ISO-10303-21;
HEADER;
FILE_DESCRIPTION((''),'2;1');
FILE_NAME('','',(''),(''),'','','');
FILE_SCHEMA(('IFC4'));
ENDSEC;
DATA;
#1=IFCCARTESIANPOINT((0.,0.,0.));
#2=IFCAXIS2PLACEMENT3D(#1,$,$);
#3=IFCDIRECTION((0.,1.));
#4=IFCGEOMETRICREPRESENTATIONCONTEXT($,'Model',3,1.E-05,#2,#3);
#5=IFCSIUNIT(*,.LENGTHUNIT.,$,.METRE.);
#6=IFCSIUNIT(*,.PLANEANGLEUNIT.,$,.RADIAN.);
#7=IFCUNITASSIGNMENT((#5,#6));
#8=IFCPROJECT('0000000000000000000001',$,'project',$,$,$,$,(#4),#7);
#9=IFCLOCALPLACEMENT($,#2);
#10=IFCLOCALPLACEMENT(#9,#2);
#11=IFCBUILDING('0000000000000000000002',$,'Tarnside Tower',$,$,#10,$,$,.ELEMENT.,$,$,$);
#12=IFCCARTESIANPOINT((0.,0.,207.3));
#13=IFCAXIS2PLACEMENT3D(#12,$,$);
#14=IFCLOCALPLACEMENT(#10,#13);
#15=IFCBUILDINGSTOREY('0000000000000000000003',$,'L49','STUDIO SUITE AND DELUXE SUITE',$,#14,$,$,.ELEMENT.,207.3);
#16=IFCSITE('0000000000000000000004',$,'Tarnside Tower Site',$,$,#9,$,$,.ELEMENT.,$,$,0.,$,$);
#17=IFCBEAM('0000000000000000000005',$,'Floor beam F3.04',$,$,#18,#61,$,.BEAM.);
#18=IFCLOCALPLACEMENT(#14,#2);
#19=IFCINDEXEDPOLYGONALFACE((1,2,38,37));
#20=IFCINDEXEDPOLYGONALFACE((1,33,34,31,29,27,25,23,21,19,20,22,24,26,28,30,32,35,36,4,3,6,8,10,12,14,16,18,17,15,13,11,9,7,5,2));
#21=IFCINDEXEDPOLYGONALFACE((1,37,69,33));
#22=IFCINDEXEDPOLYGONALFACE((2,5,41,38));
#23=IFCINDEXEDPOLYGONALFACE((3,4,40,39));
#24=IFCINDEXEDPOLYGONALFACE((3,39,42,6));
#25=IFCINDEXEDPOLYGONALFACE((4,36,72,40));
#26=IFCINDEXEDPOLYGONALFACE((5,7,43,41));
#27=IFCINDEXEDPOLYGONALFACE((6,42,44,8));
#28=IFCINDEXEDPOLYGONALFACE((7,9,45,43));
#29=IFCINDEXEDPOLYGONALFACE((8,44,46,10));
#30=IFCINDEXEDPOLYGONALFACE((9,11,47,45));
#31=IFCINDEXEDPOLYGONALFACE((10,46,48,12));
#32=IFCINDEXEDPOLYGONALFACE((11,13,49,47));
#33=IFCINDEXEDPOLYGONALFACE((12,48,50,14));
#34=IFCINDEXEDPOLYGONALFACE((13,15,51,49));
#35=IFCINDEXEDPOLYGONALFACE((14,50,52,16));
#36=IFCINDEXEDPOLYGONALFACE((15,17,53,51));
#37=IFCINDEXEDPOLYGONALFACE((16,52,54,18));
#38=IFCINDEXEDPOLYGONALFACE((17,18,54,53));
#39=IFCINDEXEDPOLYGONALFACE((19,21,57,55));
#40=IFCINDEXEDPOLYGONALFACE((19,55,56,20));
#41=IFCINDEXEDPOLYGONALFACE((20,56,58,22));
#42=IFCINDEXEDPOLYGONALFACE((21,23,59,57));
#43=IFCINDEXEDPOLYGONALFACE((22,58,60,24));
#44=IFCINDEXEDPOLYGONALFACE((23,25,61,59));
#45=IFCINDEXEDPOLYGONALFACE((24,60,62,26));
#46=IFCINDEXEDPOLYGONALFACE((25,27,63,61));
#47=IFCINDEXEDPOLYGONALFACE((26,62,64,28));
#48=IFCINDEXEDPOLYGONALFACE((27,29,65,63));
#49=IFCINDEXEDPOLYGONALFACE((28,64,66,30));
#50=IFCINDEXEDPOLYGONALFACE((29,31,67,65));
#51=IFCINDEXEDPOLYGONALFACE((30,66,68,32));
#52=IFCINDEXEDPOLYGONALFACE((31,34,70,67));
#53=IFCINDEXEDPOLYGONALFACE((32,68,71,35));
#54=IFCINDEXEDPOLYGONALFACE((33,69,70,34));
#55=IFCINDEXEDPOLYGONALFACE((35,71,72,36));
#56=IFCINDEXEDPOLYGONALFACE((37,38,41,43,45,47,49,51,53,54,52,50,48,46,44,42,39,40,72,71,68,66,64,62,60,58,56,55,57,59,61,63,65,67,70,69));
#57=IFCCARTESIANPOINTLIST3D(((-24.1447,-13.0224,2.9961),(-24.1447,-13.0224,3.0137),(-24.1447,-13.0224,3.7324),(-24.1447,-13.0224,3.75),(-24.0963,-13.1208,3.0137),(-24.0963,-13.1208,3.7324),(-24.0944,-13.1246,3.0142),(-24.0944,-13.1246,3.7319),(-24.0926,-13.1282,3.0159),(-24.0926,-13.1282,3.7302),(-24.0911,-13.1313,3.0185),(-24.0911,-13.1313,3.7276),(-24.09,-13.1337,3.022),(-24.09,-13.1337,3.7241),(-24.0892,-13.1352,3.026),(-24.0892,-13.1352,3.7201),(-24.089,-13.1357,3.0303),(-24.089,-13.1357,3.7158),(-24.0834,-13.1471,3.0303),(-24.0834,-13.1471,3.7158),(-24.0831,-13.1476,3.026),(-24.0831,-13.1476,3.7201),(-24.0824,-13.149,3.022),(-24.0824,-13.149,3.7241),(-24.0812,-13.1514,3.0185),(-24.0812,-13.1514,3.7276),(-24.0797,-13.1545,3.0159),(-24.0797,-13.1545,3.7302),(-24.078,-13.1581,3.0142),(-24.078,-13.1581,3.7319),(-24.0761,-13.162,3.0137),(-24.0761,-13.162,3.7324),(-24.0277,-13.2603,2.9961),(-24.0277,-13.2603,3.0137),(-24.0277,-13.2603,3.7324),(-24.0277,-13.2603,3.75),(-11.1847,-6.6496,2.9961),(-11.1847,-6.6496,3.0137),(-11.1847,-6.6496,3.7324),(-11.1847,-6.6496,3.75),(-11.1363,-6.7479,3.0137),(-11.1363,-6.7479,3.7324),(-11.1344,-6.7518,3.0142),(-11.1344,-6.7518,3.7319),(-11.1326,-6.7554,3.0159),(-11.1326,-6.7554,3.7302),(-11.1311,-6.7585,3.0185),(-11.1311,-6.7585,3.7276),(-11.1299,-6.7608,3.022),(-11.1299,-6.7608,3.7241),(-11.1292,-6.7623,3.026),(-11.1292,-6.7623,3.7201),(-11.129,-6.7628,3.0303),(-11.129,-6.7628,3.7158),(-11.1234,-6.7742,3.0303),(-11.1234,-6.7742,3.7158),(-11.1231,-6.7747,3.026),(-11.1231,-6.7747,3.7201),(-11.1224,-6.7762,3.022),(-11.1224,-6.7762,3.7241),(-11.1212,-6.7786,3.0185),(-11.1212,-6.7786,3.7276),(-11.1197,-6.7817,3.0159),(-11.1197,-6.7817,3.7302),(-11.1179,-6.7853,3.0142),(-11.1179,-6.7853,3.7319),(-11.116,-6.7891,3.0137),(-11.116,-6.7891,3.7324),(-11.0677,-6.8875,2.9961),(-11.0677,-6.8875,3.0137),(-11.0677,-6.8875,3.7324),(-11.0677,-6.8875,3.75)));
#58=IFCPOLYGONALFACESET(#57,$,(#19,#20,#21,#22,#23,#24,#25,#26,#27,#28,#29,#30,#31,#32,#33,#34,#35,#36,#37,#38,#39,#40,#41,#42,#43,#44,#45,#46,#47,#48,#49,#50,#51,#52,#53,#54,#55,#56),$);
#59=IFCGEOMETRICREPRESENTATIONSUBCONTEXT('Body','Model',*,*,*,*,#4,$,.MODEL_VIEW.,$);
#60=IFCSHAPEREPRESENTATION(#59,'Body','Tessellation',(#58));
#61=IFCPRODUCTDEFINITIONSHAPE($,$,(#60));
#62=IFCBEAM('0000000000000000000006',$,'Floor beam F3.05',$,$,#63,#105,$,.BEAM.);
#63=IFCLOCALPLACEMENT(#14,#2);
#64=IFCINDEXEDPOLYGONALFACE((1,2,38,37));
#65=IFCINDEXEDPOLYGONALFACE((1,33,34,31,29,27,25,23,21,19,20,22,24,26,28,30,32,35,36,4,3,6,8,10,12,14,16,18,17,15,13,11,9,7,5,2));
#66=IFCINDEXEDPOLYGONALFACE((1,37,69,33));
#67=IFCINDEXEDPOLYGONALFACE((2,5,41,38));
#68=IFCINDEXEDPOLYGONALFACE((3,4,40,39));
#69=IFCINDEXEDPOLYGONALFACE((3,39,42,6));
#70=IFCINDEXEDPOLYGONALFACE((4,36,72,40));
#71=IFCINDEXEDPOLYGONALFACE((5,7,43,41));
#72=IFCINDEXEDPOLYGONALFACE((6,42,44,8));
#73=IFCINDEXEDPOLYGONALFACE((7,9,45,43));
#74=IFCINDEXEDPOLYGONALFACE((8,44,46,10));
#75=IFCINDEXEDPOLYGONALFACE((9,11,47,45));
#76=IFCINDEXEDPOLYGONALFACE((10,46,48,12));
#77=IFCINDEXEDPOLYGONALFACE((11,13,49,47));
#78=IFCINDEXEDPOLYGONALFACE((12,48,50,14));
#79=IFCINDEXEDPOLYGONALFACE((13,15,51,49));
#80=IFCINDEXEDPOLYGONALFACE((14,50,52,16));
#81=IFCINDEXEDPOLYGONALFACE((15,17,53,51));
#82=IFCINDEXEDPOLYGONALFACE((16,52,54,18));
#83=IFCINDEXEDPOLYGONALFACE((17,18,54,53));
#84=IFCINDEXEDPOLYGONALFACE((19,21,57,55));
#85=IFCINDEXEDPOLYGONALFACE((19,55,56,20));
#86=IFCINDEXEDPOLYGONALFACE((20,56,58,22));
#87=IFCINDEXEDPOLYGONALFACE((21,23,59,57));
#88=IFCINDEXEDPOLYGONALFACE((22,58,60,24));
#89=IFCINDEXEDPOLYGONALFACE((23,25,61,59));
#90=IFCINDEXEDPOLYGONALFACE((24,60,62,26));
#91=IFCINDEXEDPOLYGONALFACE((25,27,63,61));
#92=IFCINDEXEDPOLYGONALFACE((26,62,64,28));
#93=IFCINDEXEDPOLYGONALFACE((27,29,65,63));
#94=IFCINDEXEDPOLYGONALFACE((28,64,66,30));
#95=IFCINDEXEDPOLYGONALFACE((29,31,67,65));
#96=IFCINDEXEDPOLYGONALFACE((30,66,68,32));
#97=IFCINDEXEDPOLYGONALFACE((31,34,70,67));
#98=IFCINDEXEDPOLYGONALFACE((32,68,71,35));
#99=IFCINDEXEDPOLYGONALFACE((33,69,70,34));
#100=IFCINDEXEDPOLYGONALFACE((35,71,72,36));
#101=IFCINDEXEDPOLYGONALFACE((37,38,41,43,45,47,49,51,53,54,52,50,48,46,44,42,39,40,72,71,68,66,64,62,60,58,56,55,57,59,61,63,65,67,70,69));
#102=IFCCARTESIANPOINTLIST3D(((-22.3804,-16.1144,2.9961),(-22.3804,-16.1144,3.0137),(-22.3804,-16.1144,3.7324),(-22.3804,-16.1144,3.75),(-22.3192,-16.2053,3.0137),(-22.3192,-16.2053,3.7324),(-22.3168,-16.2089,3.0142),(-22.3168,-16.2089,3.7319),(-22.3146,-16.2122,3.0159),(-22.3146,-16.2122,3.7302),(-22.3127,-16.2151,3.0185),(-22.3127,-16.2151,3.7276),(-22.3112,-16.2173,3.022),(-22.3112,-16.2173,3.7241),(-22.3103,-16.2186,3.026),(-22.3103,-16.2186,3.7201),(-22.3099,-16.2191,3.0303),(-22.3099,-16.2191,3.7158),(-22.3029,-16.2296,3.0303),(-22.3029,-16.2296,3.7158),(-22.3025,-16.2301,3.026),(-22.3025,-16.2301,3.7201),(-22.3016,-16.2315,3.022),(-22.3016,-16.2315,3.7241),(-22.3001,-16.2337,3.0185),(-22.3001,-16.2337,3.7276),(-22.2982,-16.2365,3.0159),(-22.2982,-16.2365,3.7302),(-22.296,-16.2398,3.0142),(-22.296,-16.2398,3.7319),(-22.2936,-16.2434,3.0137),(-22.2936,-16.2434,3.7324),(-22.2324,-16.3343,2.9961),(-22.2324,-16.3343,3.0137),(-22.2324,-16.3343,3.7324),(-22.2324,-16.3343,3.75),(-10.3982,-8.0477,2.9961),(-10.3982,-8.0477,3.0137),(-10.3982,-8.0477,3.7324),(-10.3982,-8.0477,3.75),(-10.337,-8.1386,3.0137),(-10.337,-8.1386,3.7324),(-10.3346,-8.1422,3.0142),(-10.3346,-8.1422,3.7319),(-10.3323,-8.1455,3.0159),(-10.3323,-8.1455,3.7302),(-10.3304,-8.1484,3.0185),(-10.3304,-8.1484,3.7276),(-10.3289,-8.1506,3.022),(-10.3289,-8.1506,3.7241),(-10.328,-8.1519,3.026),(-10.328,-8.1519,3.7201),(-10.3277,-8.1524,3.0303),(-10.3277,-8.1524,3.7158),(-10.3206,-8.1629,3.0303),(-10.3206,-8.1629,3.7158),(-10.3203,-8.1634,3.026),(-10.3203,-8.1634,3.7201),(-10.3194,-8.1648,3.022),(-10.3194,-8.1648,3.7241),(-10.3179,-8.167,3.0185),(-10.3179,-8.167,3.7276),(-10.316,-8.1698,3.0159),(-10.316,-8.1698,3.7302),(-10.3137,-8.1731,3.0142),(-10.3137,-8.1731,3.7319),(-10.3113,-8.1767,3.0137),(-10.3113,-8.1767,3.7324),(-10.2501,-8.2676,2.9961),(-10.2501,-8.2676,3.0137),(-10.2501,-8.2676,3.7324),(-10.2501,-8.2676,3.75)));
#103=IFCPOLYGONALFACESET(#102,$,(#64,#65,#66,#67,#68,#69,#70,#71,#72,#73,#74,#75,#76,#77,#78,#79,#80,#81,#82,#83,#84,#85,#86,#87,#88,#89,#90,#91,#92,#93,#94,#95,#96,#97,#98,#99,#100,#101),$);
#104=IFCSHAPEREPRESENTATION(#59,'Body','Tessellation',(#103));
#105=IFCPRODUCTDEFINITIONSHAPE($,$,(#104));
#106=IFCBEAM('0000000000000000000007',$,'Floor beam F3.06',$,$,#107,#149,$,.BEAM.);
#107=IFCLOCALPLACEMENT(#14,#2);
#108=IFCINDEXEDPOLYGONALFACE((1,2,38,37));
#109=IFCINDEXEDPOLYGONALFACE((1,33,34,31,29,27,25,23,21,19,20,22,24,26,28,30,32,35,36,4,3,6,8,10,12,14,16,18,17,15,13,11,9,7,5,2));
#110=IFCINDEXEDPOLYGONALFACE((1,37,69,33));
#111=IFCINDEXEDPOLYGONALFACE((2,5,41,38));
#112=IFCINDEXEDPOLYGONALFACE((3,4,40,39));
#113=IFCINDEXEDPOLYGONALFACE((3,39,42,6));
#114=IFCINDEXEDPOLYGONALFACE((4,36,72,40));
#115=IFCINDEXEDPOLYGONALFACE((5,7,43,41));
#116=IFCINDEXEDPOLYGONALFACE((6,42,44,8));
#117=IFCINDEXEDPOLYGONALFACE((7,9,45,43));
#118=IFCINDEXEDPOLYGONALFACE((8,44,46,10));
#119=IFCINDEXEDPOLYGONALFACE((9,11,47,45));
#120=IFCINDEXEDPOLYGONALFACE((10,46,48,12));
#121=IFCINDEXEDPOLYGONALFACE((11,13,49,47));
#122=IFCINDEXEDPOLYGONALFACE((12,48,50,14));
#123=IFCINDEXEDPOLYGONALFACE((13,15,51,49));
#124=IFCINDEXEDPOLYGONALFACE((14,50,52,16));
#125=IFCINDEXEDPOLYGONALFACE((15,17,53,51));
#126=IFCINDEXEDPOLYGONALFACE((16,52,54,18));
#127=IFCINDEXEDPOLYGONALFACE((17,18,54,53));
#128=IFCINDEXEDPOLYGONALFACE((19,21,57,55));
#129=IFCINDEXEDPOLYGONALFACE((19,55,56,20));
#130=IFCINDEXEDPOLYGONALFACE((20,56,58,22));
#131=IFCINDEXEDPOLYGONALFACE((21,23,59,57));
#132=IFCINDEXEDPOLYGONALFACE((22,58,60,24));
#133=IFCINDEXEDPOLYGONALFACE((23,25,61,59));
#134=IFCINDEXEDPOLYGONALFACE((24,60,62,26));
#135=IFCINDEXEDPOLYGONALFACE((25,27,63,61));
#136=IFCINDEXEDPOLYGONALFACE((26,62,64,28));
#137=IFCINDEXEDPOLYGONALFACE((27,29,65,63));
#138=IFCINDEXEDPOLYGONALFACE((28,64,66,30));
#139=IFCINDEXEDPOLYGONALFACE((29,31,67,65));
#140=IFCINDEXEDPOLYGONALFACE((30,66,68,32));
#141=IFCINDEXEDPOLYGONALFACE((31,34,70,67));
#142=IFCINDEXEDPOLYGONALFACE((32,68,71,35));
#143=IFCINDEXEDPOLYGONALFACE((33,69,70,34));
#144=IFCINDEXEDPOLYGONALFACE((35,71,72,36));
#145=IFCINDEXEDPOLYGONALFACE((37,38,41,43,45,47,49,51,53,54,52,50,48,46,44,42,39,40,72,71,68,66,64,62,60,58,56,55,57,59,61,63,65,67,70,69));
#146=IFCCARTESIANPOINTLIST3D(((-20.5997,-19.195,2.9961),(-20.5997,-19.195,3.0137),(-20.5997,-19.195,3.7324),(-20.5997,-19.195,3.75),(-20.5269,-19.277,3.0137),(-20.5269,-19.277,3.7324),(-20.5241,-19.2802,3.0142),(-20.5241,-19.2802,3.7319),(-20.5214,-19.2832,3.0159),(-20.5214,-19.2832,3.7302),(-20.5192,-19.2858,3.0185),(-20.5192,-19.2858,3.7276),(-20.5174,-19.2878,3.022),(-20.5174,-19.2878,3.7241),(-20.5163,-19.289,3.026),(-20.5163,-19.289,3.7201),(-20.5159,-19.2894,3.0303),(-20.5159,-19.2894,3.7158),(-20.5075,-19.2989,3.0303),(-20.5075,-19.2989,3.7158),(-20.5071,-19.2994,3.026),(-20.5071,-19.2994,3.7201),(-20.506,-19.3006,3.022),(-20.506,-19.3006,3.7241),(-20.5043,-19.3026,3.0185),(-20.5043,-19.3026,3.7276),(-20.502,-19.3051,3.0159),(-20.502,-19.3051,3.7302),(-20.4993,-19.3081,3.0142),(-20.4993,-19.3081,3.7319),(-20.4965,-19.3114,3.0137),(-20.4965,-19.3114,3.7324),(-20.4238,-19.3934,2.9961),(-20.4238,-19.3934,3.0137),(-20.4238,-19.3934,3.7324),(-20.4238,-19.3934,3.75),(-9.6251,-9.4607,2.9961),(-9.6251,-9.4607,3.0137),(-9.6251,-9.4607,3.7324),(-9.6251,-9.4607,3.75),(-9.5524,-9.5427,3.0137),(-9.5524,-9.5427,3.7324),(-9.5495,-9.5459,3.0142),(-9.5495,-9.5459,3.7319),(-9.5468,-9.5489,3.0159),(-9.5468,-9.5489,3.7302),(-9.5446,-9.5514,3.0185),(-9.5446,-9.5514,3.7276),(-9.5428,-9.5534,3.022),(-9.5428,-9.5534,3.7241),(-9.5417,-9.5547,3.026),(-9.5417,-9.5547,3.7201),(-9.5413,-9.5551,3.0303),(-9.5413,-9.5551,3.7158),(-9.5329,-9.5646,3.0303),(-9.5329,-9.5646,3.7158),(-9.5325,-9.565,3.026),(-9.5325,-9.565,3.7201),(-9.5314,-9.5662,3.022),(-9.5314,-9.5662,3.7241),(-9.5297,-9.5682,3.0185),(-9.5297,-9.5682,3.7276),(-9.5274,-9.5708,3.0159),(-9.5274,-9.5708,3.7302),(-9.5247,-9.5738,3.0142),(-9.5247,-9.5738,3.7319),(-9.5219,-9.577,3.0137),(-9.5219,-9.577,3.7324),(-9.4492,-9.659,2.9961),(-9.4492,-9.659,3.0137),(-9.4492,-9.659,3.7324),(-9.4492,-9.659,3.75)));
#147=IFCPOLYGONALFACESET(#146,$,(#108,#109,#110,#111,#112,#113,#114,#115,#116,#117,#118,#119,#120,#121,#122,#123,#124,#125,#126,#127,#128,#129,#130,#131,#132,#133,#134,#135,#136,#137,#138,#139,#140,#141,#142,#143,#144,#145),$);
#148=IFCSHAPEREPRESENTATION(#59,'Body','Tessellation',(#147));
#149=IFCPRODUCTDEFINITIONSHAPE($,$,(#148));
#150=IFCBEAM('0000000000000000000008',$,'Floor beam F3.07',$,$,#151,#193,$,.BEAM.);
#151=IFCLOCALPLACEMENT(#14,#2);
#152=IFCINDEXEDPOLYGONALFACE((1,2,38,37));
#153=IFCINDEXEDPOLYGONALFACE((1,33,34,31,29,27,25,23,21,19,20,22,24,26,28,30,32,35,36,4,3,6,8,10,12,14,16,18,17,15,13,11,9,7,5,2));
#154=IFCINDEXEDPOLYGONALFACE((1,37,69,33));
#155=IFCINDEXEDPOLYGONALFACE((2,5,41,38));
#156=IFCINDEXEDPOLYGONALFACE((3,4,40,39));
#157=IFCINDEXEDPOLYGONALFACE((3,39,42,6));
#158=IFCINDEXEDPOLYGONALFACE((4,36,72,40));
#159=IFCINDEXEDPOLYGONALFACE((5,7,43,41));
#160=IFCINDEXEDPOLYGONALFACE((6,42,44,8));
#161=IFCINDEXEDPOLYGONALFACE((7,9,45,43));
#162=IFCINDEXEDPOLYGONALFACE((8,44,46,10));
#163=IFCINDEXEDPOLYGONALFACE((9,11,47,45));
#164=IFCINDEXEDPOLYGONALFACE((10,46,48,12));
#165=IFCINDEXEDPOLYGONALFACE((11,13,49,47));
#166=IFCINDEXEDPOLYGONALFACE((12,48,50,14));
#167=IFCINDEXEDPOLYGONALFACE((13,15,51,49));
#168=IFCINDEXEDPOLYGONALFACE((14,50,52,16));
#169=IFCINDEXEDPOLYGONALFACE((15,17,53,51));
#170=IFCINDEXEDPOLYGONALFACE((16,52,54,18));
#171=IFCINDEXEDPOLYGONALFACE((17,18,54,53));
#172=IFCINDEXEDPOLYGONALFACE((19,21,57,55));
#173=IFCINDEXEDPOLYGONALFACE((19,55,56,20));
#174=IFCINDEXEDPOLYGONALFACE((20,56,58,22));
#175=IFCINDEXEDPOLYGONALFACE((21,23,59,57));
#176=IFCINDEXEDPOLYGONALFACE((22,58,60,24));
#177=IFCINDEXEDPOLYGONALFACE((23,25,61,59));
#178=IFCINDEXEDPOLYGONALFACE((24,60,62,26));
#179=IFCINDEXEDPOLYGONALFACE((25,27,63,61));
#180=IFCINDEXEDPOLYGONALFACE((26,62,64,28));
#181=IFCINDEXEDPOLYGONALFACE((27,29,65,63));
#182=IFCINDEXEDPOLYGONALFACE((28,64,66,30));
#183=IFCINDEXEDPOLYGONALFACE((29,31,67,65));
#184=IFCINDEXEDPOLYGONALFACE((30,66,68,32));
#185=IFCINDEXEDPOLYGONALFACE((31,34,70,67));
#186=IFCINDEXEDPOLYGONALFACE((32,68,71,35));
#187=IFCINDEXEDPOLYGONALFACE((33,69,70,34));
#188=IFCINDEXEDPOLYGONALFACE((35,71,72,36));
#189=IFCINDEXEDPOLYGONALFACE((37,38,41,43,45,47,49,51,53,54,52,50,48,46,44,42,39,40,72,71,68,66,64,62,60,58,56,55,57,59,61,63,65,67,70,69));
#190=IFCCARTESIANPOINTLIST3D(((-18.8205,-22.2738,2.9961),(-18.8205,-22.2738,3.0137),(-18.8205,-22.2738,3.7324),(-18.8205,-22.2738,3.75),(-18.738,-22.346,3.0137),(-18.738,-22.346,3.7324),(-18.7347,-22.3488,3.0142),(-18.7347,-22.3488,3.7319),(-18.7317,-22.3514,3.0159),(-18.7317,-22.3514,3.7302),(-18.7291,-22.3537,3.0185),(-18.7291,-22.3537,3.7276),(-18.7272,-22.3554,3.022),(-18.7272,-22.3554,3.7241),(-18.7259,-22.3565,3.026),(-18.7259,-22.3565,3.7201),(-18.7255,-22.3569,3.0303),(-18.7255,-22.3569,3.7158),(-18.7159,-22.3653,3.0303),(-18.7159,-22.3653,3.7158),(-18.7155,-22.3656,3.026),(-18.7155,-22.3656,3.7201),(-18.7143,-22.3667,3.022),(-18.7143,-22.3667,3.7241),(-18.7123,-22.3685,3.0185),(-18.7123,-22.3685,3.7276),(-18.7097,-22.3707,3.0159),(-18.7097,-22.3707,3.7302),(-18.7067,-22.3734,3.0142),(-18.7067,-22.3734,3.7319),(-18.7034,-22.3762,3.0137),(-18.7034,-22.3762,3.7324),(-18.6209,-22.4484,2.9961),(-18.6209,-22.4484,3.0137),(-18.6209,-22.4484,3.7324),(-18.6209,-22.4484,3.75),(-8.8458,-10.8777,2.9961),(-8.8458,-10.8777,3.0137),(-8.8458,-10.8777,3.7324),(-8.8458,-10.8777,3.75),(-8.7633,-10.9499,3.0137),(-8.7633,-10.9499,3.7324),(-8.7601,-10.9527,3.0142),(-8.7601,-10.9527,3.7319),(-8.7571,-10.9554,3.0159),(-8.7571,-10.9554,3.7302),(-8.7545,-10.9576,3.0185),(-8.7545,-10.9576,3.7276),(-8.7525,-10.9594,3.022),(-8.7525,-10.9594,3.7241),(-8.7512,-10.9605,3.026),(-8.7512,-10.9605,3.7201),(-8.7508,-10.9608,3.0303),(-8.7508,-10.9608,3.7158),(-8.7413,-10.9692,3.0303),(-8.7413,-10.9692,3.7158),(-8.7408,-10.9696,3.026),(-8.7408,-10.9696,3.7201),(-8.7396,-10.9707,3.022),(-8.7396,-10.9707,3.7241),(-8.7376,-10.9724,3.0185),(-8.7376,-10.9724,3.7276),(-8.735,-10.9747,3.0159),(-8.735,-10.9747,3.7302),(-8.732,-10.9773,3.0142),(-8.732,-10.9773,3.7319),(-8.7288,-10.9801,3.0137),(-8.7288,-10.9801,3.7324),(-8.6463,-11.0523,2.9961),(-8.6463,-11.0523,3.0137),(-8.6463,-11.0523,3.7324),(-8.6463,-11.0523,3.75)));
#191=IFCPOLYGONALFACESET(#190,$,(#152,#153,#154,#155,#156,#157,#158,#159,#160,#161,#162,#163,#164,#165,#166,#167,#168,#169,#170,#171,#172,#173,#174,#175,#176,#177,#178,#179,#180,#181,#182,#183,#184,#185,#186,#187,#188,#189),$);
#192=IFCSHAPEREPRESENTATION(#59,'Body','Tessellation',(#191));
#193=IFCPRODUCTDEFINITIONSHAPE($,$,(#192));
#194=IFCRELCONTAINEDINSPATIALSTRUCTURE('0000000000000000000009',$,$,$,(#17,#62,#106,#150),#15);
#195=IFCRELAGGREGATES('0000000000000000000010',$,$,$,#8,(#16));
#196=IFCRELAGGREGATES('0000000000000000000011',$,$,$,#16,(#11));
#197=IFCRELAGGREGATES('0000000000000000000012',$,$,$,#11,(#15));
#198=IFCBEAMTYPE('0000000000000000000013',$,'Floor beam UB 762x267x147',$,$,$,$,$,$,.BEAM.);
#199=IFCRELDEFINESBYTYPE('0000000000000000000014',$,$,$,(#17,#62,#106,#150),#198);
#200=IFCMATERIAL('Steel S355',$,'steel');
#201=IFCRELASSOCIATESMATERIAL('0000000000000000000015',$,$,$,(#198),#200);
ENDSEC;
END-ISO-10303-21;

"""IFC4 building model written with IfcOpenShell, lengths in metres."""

from ifc_helpers import new_model, si_unit, direction, frame, origin, origin_2d, place, context, subcontext, project, spatial, i_section, extrude, material, material_profile, profile_set, type_object, element, save


model = new_model("IFC4")

# Units and contexts
model_context = context("Model", 3, precision=1e-05, world=origin(), true_north=direction((0.0, 1.0)))
body_context = subcontext(model_context, "Body", "Model", "MODEL_VIEW")
ifc_project = project(units=[si_unit("LENGTHUNIT", "METRE"), si_unit("PLANEANGLEUNIT", "RADIAN")], contexts=[model_context])

# Site, building, storey
site_placement = place(None, origin())
site = spatial("IfcSite", under=ifc_project, at=site_placement, Name="Tarnside Tower Site", CompositionType="ELEMENT", RefElevation=0.0)
building_placement = place(site_placement, origin())
building = spatial("IfcBuilding", under=site, at=building_placement, Name="Tarnside Tower", CompositionType="ELEMENT")
storey_placement = place(building_placement, frame((0.0, 0.0, 207.3)))
storey = spatial("IfcBuildingStorey", under=building, at=storey_placement, Name="L49", Description="STUDIO SUITE AND DELUXE SUITE", CompositionType="ELEMENT", Elevation=207.3)

# Beams
ifc_material_1 = material(Name="Steel S355", Category="steel")
ifc_material_profile_1 = material_profile(ifc_material_1, i_section(OverallWidth=0.2651, OverallDepth=0.7539, WebThickness=0.0127, FlangeThickness=0.0176, FilletRadius=0.0166, at=origin_2d()), Name="UB 762x267x147")
ifc_profile_set_1 = profile_set([ifc_material_profile_1], Name="Steel S355")
beam_type_1 = type_object("IfcBeamType", Name="Floor beam UB 762x267x147", PredefinedType="BEAM", material=ifc_profile_set_1)
beam_1_placement = place(storey_placement, frame((-24.0862, -13.1414, 3.373), z_axis=(0.897376, 0.441267, 0.0), x_axis=(-0.441267, 0.897376, 0.0)))
element("IfcBeam", 1, at=beam_1_placement, inside=storey, type_object=beam_type_1, Name="Floor beam F3.04", PredefinedType="BEAM", context=body_context, shape_type="SweptSolid", body=[
    extrude(i_section(OverallWidth=0.2651, OverallDepth=0.7539, WebThickness=0.0127, FlangeThickness=0.0176, FilletRadius=0.0166, at=origin_2d()), origin(), (0.0, 0.0, 1.0), 14.4421),
])
beam_2_placement = place(storey_placement, frame((-22.3064, -16.2244, 3.373), z_axis=(0.829532, 0.558458, 0.0), x_axis=(-0.558458, 0.829532, 0.0)))
element("IfcBeam", 2, at=beam_2_placement, inside=storey, type_object=beam_type_1, Name="Floor beam F3.05", PredefinedType="BEAM", context=body_context, shape_type="SweptSolid", body=[
    extrude(i_section(OverallWidth=0.2651, OverallDepth=0.7539, WebThickness=0.0127, FlangeThickness=0.0176, FilletRadius=0.0166, at=origin_2d()), origin(), (0.0, 0.0, 1.0), 14.4446),
])
beam_3_placement = place(storey_placement, frame((-20.5117, -19.2942, 3.373), z_axis=(0.748114, 0.66357, 0.0), x_axis=(-0.66357, 0.748114, 0.0)))
element("IfcBeam", 3, at=beam_3_placement, inside=storey, type_object=beam_type_1, Name="Floor beam F3.06", PredefinedType="BEAM", context=body_context, shape_type="SweptSolid", body=[
    extrude(i_section(OverallWidth=0.2651, OverallDepth=0.7539, WebThickness=0.0127, FlangeThickness=0.0176, FilletRadius=0.0166, at=origin_2d()), origin(), (0.0, 0.0, 1.0), 14.6697),
])
beam_4_placement = place(storey_placement, frame((-18.7207, -22.3611, 3.373), z_axis=(0.658621, 0.752475, 0.0), x_axis=(-0.752475, 0.658621, 0.0)))
element("IfcBeam", 4, at=beam_4_placement, inside=storey, type_object=beam_type_1, Name="Floor beam F3.07", PredefinedType="BEAM", context=body_context, shape_type="SweptSolid", body=[
    extrude(i_section(OverallWidth=0.2651, OverallDepth=0.7539, WebThickness=0.0127, FlangeThickness=0.0176, FilletRadius=0.0166, at=origin_2d()), origin(), (0.0, 0.0, 1.0), 15.1448),
])

save(model, "model.ifc")
